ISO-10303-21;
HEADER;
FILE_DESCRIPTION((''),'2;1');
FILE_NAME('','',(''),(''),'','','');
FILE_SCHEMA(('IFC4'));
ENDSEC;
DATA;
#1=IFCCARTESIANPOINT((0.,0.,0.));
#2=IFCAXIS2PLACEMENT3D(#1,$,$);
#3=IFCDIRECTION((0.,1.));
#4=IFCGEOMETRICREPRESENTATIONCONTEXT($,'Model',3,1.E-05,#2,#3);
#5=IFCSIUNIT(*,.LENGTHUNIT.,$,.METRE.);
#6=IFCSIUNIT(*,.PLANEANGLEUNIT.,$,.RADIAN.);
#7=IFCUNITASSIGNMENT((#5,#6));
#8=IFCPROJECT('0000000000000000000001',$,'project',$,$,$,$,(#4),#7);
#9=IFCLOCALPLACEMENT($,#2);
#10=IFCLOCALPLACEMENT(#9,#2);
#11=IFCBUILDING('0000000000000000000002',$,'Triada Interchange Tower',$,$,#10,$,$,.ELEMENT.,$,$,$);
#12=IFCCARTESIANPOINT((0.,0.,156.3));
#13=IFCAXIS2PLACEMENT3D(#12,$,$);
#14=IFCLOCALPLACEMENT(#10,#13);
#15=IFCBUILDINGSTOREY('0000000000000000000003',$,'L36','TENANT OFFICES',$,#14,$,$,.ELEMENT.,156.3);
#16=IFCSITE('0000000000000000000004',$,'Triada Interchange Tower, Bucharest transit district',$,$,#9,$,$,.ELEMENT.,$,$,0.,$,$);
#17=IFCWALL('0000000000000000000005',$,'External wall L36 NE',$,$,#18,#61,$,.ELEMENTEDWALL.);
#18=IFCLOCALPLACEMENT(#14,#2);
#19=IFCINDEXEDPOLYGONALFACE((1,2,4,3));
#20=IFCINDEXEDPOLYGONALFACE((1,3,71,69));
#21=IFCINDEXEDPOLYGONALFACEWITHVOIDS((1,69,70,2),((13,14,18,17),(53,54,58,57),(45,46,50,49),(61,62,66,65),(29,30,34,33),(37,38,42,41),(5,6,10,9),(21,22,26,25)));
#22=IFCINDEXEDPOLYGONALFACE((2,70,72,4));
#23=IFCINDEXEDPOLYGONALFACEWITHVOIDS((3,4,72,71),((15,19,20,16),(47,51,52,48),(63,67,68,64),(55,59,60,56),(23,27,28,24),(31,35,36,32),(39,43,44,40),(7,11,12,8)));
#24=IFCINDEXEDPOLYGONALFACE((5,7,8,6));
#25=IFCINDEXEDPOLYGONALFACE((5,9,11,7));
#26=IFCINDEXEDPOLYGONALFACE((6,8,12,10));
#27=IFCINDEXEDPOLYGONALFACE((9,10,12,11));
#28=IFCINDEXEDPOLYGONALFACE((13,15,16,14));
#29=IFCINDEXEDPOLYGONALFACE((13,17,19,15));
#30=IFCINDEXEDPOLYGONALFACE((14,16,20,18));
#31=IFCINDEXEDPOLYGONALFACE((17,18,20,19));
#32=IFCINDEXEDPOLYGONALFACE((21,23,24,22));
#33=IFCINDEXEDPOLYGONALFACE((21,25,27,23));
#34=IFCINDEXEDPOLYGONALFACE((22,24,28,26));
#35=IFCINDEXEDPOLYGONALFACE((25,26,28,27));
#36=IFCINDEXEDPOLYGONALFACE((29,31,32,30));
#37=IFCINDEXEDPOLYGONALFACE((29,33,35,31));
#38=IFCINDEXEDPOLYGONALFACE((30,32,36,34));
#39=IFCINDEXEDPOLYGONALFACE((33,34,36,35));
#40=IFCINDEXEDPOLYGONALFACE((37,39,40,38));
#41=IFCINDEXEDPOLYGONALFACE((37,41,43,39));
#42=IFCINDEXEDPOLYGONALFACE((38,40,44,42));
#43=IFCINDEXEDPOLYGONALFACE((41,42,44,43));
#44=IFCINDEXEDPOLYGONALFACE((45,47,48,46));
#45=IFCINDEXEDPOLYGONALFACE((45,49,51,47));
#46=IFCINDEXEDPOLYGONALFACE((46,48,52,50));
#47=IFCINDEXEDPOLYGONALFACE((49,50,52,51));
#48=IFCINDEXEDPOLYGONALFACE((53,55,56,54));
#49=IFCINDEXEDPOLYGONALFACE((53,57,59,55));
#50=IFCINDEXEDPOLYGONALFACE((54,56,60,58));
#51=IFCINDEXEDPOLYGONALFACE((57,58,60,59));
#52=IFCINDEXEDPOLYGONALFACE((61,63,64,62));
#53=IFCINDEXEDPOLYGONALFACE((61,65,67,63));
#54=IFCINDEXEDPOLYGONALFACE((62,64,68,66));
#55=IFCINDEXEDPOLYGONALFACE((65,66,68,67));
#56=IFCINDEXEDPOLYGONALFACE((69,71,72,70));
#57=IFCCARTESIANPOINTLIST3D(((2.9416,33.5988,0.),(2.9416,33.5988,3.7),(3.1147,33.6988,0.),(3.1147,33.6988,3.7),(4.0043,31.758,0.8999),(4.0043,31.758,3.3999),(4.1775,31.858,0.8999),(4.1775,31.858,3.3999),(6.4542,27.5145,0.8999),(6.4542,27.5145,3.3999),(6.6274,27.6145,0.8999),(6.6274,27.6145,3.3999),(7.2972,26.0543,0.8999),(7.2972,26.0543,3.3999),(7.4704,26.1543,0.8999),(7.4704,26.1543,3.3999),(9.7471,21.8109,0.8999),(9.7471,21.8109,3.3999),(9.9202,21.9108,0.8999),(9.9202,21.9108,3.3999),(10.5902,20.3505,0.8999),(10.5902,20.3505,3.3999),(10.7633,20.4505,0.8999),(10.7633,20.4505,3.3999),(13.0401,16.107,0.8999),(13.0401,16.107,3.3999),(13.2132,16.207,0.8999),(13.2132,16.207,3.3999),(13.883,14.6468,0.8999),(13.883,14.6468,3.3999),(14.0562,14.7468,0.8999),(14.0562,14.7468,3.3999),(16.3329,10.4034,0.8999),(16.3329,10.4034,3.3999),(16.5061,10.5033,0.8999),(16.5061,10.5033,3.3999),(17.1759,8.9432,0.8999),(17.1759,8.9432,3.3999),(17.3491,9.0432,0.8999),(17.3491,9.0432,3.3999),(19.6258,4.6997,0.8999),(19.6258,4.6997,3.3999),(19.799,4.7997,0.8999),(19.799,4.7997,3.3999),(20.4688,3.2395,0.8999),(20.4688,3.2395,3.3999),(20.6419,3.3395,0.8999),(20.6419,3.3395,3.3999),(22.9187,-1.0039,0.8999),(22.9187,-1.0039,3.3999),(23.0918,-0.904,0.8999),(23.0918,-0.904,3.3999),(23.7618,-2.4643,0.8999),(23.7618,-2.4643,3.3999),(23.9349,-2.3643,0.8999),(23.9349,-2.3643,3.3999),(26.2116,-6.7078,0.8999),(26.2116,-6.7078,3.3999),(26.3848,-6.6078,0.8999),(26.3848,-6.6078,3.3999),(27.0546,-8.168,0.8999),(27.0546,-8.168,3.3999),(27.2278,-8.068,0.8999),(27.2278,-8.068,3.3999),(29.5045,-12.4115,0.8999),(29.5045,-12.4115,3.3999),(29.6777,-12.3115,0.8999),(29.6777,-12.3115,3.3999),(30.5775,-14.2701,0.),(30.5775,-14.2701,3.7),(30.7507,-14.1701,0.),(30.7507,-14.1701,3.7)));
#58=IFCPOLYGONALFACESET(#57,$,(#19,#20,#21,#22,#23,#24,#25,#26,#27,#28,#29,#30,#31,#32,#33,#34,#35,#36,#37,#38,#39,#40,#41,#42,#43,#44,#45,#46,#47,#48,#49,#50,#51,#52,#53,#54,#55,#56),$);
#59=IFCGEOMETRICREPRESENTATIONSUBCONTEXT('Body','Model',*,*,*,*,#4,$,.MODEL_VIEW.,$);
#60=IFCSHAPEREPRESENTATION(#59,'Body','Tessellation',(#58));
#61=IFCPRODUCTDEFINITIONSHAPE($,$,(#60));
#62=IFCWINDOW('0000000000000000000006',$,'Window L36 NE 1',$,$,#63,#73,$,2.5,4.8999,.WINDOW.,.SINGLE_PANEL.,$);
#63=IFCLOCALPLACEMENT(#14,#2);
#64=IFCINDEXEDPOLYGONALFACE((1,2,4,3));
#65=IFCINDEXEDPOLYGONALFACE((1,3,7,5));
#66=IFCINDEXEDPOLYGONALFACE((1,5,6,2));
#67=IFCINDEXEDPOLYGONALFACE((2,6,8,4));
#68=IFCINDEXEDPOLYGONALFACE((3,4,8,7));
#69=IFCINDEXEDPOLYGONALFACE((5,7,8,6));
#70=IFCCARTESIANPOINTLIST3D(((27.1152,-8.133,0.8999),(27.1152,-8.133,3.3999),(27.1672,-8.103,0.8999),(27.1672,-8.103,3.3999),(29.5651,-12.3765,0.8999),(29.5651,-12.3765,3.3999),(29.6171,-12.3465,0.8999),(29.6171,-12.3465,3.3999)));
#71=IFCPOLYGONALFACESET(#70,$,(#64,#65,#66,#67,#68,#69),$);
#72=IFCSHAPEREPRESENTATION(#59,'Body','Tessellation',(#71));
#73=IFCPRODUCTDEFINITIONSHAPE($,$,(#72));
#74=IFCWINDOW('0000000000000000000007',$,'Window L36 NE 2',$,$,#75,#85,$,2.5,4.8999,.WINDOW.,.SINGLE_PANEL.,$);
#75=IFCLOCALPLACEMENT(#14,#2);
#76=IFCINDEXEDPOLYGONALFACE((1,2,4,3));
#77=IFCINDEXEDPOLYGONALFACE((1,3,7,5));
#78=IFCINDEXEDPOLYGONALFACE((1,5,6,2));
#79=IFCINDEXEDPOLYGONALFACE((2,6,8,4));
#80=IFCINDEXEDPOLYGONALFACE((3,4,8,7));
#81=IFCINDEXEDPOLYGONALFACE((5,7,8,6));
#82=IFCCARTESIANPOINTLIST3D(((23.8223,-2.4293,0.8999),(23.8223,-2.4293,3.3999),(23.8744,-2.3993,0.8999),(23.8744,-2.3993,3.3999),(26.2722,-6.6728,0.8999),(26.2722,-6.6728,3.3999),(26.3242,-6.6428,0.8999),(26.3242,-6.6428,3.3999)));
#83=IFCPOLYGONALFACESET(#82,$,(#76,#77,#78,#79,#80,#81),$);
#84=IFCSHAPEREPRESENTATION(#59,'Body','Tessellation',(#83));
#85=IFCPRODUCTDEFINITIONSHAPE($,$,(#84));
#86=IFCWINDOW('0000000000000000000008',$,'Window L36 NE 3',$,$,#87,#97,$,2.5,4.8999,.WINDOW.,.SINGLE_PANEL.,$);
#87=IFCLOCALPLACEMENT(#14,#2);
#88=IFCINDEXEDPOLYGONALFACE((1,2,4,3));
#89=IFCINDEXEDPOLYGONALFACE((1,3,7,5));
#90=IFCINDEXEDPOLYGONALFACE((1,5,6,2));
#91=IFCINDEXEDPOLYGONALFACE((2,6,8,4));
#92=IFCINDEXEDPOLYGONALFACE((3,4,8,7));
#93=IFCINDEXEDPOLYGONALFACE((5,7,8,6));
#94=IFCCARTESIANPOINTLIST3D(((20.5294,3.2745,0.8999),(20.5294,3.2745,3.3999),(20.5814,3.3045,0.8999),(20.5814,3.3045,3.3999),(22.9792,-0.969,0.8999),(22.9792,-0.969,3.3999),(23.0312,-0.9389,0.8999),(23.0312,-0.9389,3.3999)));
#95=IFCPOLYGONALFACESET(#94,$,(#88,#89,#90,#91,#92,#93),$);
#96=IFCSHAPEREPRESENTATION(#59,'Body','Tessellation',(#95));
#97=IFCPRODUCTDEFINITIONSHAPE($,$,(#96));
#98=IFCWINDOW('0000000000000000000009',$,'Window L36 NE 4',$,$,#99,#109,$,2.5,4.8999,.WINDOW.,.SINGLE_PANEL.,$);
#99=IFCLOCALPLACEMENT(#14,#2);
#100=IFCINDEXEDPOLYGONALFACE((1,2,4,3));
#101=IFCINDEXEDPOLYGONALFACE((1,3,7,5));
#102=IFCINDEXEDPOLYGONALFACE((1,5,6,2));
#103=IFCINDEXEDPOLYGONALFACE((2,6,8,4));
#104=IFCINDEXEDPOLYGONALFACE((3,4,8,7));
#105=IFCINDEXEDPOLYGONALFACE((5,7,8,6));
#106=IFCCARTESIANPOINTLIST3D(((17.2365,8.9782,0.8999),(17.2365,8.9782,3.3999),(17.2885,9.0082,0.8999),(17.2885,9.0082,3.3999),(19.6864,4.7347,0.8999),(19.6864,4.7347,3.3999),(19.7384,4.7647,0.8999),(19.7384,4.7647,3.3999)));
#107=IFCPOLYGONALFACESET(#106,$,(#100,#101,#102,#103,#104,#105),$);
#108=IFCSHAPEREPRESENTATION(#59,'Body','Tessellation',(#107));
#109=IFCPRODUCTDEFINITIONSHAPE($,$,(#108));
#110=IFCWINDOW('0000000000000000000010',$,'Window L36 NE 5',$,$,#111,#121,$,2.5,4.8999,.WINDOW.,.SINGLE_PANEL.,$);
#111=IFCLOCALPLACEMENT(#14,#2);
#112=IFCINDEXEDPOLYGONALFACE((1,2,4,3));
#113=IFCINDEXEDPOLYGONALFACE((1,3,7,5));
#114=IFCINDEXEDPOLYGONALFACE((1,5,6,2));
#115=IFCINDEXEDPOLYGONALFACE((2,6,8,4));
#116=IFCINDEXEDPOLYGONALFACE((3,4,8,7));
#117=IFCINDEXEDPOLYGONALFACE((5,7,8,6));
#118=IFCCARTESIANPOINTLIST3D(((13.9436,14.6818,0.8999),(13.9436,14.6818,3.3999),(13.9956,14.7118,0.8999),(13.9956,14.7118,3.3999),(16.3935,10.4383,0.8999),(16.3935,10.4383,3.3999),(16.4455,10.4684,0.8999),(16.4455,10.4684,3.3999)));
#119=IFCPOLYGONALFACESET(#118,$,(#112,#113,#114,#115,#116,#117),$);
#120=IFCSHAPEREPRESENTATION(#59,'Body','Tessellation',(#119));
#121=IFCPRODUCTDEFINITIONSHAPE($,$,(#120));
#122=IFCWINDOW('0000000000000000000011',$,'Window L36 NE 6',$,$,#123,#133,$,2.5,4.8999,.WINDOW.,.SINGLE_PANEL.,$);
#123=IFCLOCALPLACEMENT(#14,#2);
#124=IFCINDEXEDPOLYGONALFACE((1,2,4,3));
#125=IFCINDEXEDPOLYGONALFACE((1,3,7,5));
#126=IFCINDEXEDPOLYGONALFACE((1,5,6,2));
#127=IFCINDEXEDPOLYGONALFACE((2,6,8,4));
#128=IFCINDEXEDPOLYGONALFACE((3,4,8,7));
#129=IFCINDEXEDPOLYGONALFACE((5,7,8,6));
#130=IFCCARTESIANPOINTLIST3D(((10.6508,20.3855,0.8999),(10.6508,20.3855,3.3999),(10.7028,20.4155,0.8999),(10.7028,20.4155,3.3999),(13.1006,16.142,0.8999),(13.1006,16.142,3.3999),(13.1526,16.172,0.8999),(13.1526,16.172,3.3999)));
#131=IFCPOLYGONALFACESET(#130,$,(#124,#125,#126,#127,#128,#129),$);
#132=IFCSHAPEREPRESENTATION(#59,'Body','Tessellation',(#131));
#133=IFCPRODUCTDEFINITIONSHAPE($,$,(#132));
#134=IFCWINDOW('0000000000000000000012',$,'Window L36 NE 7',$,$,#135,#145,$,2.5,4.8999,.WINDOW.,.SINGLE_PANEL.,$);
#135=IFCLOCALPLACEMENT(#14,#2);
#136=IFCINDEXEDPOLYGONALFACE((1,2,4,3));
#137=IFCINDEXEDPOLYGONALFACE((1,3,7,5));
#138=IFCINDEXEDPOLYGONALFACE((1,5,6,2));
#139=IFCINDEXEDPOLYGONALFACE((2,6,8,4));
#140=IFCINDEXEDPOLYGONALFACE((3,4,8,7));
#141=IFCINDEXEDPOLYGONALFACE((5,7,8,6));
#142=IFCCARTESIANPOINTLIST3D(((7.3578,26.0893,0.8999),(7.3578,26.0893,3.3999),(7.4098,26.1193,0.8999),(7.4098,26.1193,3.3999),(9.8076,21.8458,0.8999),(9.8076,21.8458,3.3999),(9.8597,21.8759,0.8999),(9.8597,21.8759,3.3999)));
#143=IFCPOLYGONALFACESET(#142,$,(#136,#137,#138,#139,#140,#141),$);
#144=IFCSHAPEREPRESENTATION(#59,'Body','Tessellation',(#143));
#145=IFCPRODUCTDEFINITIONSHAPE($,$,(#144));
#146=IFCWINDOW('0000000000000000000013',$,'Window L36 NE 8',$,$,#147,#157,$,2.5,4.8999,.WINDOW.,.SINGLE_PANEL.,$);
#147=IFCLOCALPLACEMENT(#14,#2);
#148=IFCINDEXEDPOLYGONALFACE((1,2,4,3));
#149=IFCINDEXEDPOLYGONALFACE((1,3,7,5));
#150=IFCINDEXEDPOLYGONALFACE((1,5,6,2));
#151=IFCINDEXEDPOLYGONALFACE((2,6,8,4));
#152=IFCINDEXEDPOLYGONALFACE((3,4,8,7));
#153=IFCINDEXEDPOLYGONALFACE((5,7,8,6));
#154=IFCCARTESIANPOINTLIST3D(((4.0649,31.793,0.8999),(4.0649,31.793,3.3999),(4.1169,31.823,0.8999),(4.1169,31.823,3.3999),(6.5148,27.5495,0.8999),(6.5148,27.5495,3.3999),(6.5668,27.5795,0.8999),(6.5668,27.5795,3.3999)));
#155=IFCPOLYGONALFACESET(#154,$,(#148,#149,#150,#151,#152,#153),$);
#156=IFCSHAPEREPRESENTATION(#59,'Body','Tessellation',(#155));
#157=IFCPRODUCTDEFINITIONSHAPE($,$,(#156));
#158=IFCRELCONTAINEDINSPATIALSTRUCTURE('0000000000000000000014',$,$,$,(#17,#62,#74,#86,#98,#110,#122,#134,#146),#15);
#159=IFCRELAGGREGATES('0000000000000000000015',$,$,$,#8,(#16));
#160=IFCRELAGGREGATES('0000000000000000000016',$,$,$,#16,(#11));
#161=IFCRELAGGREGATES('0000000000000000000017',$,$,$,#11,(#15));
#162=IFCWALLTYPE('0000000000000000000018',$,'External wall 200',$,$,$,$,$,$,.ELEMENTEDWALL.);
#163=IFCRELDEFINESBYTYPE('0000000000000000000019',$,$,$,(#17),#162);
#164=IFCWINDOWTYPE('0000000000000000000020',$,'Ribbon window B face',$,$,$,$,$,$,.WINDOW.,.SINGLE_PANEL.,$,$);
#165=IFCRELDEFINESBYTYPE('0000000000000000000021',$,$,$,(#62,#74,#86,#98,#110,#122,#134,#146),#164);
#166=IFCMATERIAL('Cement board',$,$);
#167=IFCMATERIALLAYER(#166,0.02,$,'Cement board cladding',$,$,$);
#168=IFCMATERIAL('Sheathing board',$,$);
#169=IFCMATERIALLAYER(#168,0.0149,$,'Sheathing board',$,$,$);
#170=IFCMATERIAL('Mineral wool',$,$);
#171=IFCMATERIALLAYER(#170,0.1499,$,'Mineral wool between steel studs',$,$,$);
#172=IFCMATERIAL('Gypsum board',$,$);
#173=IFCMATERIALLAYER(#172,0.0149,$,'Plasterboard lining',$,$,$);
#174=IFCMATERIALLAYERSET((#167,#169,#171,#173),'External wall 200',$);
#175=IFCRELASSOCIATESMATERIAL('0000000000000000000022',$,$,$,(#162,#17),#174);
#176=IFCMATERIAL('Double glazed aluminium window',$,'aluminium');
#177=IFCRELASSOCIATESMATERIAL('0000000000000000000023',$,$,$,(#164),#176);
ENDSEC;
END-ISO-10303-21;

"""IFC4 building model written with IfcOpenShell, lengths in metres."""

from ifc_helpers import new_model, si_unit, direction, frame, frame_2d, origin, place, context, subcontext, project, spatial, rectangle, extrude, material, layer, layer_set, layer_usage, type_object, element, fill, save


model = new_model("IFC4")

# Units and contexts
model_context = context("Model", 3, precision=1e-05, world=origin(), true_north=direction((0.0, 1.0)))
body_context = subcontext(model_context, "Body", "Model", "MODEL_VIEW")
ifc_project = project(units=[si_unit("LENGTHUNIT", "METRE"), si_unit("PLANEANGLEUNIT", "RADIAN")], contexts=[model_context])

# Site, building, storey
site_placement = place(None, origin())
site = spatial("IfcSite", under=ifc_project, at=site_placement, Name="Triada Interchange Tower, Bucharest transit district", CompositionType="ELEMENT", RefElevation=0.0)
building_placement = place(site_placement, origin())
building = spatial("IfcBuilding", under=site, at=building_placement, Name="Triada Interchange Tower", CompositionType="ELEMENT")
storey_placement = place(building_placement, frame((0.0, 0.0, 156.3)))
storey = spatial("IfcBuildingStorey", under=building, at=storey_placement, Name="L36", Description="TENANT OFFICES", CompositionType="ELEMENT", Elevation=156.3)

# Shared definitions
ifc_material_1 = material(Name="Cement board")
ifc_layer_1 = layer(ifc_material_1, 0.02, Name="Cement board cladding")
ifc_material_2 = material(Name="Sheathing board")
ifc_layer_2 = layer(ifc_material_2, 0.0149, Name="Sheathing board")
ifc_material_3 = material(Name="Mineral wool")
ifc_layer_3 = layer(ifc_material_3, 0.1499, Name="Mineral wool between steel studs")
ifc_material_4 = material(Name="Gypsum board")
ifc_layer_4 = layer(ifc_material_4, 0.0149, Name="Plasterboard lining")
ifc_layer_set_1 = layer_set([ifc_layer_1, ifc_layer_2, ifc_layer_3, ifc_layer_4], Name="External wall 200")
ifc_layer_usage = layer_usage(ifc_layer_set_1, "AXIS2", "POSITIVE", -0.1001)
wall_type = type_object("IfcWallType", Name="External wall 200", PredefinedType="ELEMENTEDWALL", material=ifc_layer_set_1)
ifc_material_5 = material(Name="Double glazed aluminium window", Category="aluminium")

# Wall, openings, windows
wall_1_placement = place(storey_placement, frame((30.6641, -14.22, 0.0), z_axis=(0.0, 0.0, 1.0), x_axis=(-0.499985, 0.866034, 0.0)))
wall_1 = element("IfcWall", 1, at=wall_1_placement, inside=storey, type_object=wall_type, material=ifc_layer_usage, Name="External wall L36 NE", PredefinedType="ELEMENTEDWALL", context=body_context, shape_type="SweptSolid", body=[
    extrude(rectangle(XDim=55.2737, YDim=0.2, at=frame_2d((27.6367, 0.0))), origin(), (0.0, 0.0, 1.0), 3.7),
])
opening_1_placement = place(wall_1_placement, frame((2.146, 0.0, 0.8999)))
opening_1 = element("IfcOpeningElement", 2, at=opening_1_placement, cuts=wall_1, PredefinedType="OPENING", context=body_context, shape_type="SweptSolid", body=[
    extrude(rectangle(XDim=4.8999, YDim=2.5, at=frame_2d((2.45, 1.25))), frame((0.0, 0.1099, 0.0), z_axis=(0.0, -1.0, 0.0), x_axis=(1.0, 0.0, 0.0)), (0.0, 0.0, 1.0), 0.22),
])
opening_2_placement = place(wall_1_placement, frame((8.7319, 0.0, 0.8999)))
opening_2 = element("IfcOpeningElement", 3, at=opening_2_placement, cuts=wall_1, PredefinedType="OPENING", context=body_context, shape_type="SweptSolid", body=[
    extrude(rectangle(XDim=4.8999, YDim=2.5, at=frame_2d((2.45, 1.25))), frame((0.0, 0.1099, 0.0), z_axis=(0.0, -1.0, 0.0), x_axis=(1.0, 0.0, 0.0)), (0.0, 0.0, 1.0), 0.22),
])
opening_3_placement = place(wall_1_placement, frame((15.3181, 0.0, 0.8999)))
opening_3 = element("IfcOpeningElement", 4, at=opening_3_placement, cuts=wall_1, PredefinedType="OPENING", context=body_context, shape_type="SweptSolid", body=[
    extrude(rectangle(XDim=4.8999, YDim=2.5, at=frame_2d((2.45, 1.25))), frame((0.0, 0.1099, 0.0), z_axis=(0.0, -1.0, 0.0), x_axis=(1.0, 0.0, 0.0)), (0.0, 0.0, 1.0), 0.22),
])
opening_4_placement = place(wall_1_placement, frame((21.9041, 0.0, 0.8999)))
opening_4 = element("IfcOpeningElement", 5, at=opening_4_placement, cuts=wall_1, PredefinedType="OPENING", context=body_context, shape_type="SweptSolid", body=[
    extrude(rectangle(XDim=4.8999, YDim=2.5, at=frame_2d((2.45, 1.25))), frame((0.0, 0.1099, 0.0), z_axis=(0.0, -1.0, 0.0), x_axis=(1.0, 0.0, 0.0)), (0.0, 0.0, 1.0), 0.22),
])
opening_5_placement = place(wall_1_placement, frame((28.49, 0.0, 0.8999)))
opening_5 = element("IfcOpeningElement", 6, at=opening_5_placement, cuts=wall_1, PredefinedType="OPENING", context=body_context, shape_type="SweptSolid", body=[
    extrude(rectangle(XDim=4.8999, YDim=2.5, at=frame_2d((2.45, 1.25))), frame((0.0, 0.1099, 0.0), z_axis=(0.0, -1.0, 0.0), x_axis=(1.0, 0.0, 0.0)), (0.0, 0.0, 1.0), 0.22),
])
opening_6_placement = place(wall_1_placement, frame((35.0759, 0.0, 0.8999)))
opening_6 = element("IfcOpeningElement", 7, at=opening_6_placement, cuts=wall_1, PredefinedType="OPENING", context=body_context, shape_type="SweptSolid", body=[
    extrude(rectangle(XDim=4.8999, YDim=2.5, at=frame_2d((2.45, 1.25))), frame((0.0, 0.1099, 0.0), z_axis=(0.0, -1.0, 0.0), x_axis=(1.0, 0.0, 0.0)), (0.0, 0.0, 1.0), 0.22),
])
opening_7_placement = place(wall_1_placement, frame((41.6621, 0.0, 0.8999)))
opening_7 = element("IfcOpeningElement", 8, at=opening_7_placement, cuts=wall_1, PredefinedType="OPENING", context=body_context, shape_type="SweptSolid", body=[
    extrude(rectangle(XDim=4.8999, YDim=2.5, at=frame_2d((2.45, 1.25))), frame((0.0, 0.1099, 0.0), z_axis=(0.0, -1.0, 0.0), x_axis=(1.0, 0.0, 0.0)), (0.0, 0.0, 1.0), 0.22),
])
opening_8_placement = place(wall_1_placement, frame((48.248, 0.0, 0.8999)))
opening_8 = element("IfcOpeningElement", 9, at=opening_8_placement, cuts=wall_1, PredefinedType="OPENING", context=body_context, shape_type="SweptSolid", body=[
    extrude(rectangle(XDim=4.8999, YDim=2.5, at=frame_2d((2.45, 1.25))), frame((0.0, 0.1099, 0.0), z_axis=(0.0, -1.0, 0.0), x_axis=(1.0, 0.0, 0.0)), (0.0, 0.0, 1.0), 0.22),
])
window_type_1 = type_object("IfcWindowType", Name="Ribbon window B face", PartitioningType="SINGLE_PANEL", PredefinedType="WINDOW", material=ifc_material_5)
window_1_placement = place(opening_1_placement, origin())
window_1 = element("IfcWindow", 10, at=window_1_placement, inside=storey, type_object=window_type_1, Name="Window L36 NE 1", OverallHeight=2.5, OverallWidth=4.8999, PartitioningType="SINGLE_PANEL", PredefinedType="WINDOW", context=body_context, shape_type="SweptSolid", body=[
    extrude(rectangle(XDim=4.8999, YDim=2.5, at=frame_2d((2.45, 1.25))), frame((0.0, 0.03, 0.0), z_axis=(0.0, -1.0, 0.0), x_axis=(1.0, 0.0, 0.0)), (0.0, 0.0, 1.0), 0.0601),
])
fill(opening_1, window_1)
window_2_placement = place(opening_2_placement, origin())
window_2 = element("IfcWindow", 11, at=window_2_placement, inside=storey, type_object=window_type_1, Name="Window L36 NE 2", OverallHeight=2.5, OverallWidth=4.8999, PartitioningType="SINGLE_PANEL", PredefinedType="WINDOW", context=body_context, shape_type="SweptSolid", body=[
    extrude(rectangle(XDim=4.8999, YDim=2.5, at=frame_2d((2.45, 1.25))), frame((0.0, 0.03, 0.0), z_axis=(0.0, -1.0, 0.0), x_axis=(1.0, 0.0, 0.0)), (0.0, 0.0, 1.0), 0.0601),
])
fill(opening_2, window_2)
window_3_placement = place(opening_3_placement, origin())
window_3 = element("IfcWindow", 12, at=window_3_placement, inside=storey, type_object=window_type_1, Name="Window L36 NE 3", OverallHeight=2.5, OverallWidth=4.8999, PartitioningType="SINGLE_PANEL", PredefinedType="WINDOW", context=body_context, shape_type="SweptSolid", body=[
    extrude(rectangle(XDim=4.8999, YDim=2.5, at=frame_2d((2.45, 1.25))), frame((0.0, 0.03, 0.0), z_axis=(0.0, -1.0, 0.0), x_axis=(1.0, 0.0, 0.0)), (0.0, 0.0, 1.0), 0.0601),
])
fill(opening_3, window_3)
window_4_placement = place(opening_4_placement, origin())
window_4 = element("IfcWindow", 13, at=window_4_placement, inside=storey, type_object=window_type_1, Name="Window L36 NE 4", OverallHeight=2.5, OverallWidth=4.8999, PartitioningType="SINGLE_PANEL", PredefinedType="WINDOW", context=body_context, shape_type="SweptSolid", body=[
    extrude(rectangle(XDim=4.8999, YDim=2.5, at=frame_2d((2.45, 1.25))), frame((0.0, 0.03, 0.0), z_axis=(0.0, -1.0, 0.0), x_axis=(1.0, 0.0, 0.0)), (0.0, 0.0, 1.0), 0.0601),
])
fill(opening_4, window_4)
window_5_placement = place(opening_5_placement, origin())
window_5 = element("IfcWindow", 14, at=window_5_placement, inside=storey, type_object=window_type_1, Name="Window L36 NE 5", OverallHeight=2.5, OverallWidth=4.8999, PartitioningType="SINGLE_PANEL", PredefinedType="WINDOW", context=body_context, shape_type="SweptSolid", body=[
    extrude(rectangle(XDim=4.8999, YDim=2.5, at=frame_2d((2.45, 1.25))), frame((0.0, 0.03, 0.0), z_axis=(0.0, -1.0, 0.0), x_axis=(1.0, 0.0, 0.0)), (0.0, 0.0, 1.0), 0.0601),
])
fill(opening_5, window_5)
window_6_placement = place(opening_6_placement, origin())
window_6 = element("IfcWindow", 15, at=window_6_placement, inside=storey, type_object=window_type_1, Name="Window L36 NE 6", OverallHeight=2.5, OverallWidth=4.8999, PartitioningType="SINGLE_PANEL", PredefinedType="WINDOW", context=body_context, shape_type="SweptSolid", body=[
    extrude(rectangle(XDim=4.8999, YDim=2.5, at=frame_2d((2.45, 1.25))), frame((0.0, 0.03, 0.0), z_axis=(0.0, -1.0, 0.0), x_axis=(1.0, 0.0, 0.0)), (0.0, 0.0, 1.0), 0.0601),
])
fill(opening_6, window_6)
window_7_placement = place(opening_7_placement, origin())
window_7 = element("IfcWindow", 16, at=window_7_placement, inside=storey, type_object=window_type_1, Name="Window L36 NE 7", OverallHeight=2.5, OverallWidth=4.8999, PartitioningType="SINGLE_PANEL", PredefinedType="WINDOW", context=body_context, shape_type="SweptSolid", body=[
    extrude(rectangle(XDim=4.8999, YDim=2.5, at=frame_2d((2.45, 1.25))), frame((0.0, 0.03, 0.0), z_axis=(0.0, -1.0, 0.0), x_axis=(1.0, 0.0, 0.0)), (0.0, 0.0, 1.0), 0.0601),
])
fill(opening_7, window_7)
window_8_placement = place(opening_8_placement, origin())
window_8 = element("IfcWindow", 17, at=window_8_placement, inside=storey, type_object=window_type_1, Name="Window L36 NE 8", OverallHeight=2.5, OverallWidth=4.8999, PartitioningType="SINGLE_PANEL", PredefinedType="WINDOW", context=body_context, shape_type="SweptSolid", body=[
    extrude(rectangle(XDim=4.8999, YDim=2.5, at=frame_2d((2.45, 1.25))), frame((0.0, 0.03, 0.0), z_axis=(0.0, -1.0, 0.0), x_axis=(1.0, 0.0, 0.0)), (0.0, 0.0, 1.0), 0.0601),
])
fill(opening_8, window_8)

save(model, "model.ifc")
